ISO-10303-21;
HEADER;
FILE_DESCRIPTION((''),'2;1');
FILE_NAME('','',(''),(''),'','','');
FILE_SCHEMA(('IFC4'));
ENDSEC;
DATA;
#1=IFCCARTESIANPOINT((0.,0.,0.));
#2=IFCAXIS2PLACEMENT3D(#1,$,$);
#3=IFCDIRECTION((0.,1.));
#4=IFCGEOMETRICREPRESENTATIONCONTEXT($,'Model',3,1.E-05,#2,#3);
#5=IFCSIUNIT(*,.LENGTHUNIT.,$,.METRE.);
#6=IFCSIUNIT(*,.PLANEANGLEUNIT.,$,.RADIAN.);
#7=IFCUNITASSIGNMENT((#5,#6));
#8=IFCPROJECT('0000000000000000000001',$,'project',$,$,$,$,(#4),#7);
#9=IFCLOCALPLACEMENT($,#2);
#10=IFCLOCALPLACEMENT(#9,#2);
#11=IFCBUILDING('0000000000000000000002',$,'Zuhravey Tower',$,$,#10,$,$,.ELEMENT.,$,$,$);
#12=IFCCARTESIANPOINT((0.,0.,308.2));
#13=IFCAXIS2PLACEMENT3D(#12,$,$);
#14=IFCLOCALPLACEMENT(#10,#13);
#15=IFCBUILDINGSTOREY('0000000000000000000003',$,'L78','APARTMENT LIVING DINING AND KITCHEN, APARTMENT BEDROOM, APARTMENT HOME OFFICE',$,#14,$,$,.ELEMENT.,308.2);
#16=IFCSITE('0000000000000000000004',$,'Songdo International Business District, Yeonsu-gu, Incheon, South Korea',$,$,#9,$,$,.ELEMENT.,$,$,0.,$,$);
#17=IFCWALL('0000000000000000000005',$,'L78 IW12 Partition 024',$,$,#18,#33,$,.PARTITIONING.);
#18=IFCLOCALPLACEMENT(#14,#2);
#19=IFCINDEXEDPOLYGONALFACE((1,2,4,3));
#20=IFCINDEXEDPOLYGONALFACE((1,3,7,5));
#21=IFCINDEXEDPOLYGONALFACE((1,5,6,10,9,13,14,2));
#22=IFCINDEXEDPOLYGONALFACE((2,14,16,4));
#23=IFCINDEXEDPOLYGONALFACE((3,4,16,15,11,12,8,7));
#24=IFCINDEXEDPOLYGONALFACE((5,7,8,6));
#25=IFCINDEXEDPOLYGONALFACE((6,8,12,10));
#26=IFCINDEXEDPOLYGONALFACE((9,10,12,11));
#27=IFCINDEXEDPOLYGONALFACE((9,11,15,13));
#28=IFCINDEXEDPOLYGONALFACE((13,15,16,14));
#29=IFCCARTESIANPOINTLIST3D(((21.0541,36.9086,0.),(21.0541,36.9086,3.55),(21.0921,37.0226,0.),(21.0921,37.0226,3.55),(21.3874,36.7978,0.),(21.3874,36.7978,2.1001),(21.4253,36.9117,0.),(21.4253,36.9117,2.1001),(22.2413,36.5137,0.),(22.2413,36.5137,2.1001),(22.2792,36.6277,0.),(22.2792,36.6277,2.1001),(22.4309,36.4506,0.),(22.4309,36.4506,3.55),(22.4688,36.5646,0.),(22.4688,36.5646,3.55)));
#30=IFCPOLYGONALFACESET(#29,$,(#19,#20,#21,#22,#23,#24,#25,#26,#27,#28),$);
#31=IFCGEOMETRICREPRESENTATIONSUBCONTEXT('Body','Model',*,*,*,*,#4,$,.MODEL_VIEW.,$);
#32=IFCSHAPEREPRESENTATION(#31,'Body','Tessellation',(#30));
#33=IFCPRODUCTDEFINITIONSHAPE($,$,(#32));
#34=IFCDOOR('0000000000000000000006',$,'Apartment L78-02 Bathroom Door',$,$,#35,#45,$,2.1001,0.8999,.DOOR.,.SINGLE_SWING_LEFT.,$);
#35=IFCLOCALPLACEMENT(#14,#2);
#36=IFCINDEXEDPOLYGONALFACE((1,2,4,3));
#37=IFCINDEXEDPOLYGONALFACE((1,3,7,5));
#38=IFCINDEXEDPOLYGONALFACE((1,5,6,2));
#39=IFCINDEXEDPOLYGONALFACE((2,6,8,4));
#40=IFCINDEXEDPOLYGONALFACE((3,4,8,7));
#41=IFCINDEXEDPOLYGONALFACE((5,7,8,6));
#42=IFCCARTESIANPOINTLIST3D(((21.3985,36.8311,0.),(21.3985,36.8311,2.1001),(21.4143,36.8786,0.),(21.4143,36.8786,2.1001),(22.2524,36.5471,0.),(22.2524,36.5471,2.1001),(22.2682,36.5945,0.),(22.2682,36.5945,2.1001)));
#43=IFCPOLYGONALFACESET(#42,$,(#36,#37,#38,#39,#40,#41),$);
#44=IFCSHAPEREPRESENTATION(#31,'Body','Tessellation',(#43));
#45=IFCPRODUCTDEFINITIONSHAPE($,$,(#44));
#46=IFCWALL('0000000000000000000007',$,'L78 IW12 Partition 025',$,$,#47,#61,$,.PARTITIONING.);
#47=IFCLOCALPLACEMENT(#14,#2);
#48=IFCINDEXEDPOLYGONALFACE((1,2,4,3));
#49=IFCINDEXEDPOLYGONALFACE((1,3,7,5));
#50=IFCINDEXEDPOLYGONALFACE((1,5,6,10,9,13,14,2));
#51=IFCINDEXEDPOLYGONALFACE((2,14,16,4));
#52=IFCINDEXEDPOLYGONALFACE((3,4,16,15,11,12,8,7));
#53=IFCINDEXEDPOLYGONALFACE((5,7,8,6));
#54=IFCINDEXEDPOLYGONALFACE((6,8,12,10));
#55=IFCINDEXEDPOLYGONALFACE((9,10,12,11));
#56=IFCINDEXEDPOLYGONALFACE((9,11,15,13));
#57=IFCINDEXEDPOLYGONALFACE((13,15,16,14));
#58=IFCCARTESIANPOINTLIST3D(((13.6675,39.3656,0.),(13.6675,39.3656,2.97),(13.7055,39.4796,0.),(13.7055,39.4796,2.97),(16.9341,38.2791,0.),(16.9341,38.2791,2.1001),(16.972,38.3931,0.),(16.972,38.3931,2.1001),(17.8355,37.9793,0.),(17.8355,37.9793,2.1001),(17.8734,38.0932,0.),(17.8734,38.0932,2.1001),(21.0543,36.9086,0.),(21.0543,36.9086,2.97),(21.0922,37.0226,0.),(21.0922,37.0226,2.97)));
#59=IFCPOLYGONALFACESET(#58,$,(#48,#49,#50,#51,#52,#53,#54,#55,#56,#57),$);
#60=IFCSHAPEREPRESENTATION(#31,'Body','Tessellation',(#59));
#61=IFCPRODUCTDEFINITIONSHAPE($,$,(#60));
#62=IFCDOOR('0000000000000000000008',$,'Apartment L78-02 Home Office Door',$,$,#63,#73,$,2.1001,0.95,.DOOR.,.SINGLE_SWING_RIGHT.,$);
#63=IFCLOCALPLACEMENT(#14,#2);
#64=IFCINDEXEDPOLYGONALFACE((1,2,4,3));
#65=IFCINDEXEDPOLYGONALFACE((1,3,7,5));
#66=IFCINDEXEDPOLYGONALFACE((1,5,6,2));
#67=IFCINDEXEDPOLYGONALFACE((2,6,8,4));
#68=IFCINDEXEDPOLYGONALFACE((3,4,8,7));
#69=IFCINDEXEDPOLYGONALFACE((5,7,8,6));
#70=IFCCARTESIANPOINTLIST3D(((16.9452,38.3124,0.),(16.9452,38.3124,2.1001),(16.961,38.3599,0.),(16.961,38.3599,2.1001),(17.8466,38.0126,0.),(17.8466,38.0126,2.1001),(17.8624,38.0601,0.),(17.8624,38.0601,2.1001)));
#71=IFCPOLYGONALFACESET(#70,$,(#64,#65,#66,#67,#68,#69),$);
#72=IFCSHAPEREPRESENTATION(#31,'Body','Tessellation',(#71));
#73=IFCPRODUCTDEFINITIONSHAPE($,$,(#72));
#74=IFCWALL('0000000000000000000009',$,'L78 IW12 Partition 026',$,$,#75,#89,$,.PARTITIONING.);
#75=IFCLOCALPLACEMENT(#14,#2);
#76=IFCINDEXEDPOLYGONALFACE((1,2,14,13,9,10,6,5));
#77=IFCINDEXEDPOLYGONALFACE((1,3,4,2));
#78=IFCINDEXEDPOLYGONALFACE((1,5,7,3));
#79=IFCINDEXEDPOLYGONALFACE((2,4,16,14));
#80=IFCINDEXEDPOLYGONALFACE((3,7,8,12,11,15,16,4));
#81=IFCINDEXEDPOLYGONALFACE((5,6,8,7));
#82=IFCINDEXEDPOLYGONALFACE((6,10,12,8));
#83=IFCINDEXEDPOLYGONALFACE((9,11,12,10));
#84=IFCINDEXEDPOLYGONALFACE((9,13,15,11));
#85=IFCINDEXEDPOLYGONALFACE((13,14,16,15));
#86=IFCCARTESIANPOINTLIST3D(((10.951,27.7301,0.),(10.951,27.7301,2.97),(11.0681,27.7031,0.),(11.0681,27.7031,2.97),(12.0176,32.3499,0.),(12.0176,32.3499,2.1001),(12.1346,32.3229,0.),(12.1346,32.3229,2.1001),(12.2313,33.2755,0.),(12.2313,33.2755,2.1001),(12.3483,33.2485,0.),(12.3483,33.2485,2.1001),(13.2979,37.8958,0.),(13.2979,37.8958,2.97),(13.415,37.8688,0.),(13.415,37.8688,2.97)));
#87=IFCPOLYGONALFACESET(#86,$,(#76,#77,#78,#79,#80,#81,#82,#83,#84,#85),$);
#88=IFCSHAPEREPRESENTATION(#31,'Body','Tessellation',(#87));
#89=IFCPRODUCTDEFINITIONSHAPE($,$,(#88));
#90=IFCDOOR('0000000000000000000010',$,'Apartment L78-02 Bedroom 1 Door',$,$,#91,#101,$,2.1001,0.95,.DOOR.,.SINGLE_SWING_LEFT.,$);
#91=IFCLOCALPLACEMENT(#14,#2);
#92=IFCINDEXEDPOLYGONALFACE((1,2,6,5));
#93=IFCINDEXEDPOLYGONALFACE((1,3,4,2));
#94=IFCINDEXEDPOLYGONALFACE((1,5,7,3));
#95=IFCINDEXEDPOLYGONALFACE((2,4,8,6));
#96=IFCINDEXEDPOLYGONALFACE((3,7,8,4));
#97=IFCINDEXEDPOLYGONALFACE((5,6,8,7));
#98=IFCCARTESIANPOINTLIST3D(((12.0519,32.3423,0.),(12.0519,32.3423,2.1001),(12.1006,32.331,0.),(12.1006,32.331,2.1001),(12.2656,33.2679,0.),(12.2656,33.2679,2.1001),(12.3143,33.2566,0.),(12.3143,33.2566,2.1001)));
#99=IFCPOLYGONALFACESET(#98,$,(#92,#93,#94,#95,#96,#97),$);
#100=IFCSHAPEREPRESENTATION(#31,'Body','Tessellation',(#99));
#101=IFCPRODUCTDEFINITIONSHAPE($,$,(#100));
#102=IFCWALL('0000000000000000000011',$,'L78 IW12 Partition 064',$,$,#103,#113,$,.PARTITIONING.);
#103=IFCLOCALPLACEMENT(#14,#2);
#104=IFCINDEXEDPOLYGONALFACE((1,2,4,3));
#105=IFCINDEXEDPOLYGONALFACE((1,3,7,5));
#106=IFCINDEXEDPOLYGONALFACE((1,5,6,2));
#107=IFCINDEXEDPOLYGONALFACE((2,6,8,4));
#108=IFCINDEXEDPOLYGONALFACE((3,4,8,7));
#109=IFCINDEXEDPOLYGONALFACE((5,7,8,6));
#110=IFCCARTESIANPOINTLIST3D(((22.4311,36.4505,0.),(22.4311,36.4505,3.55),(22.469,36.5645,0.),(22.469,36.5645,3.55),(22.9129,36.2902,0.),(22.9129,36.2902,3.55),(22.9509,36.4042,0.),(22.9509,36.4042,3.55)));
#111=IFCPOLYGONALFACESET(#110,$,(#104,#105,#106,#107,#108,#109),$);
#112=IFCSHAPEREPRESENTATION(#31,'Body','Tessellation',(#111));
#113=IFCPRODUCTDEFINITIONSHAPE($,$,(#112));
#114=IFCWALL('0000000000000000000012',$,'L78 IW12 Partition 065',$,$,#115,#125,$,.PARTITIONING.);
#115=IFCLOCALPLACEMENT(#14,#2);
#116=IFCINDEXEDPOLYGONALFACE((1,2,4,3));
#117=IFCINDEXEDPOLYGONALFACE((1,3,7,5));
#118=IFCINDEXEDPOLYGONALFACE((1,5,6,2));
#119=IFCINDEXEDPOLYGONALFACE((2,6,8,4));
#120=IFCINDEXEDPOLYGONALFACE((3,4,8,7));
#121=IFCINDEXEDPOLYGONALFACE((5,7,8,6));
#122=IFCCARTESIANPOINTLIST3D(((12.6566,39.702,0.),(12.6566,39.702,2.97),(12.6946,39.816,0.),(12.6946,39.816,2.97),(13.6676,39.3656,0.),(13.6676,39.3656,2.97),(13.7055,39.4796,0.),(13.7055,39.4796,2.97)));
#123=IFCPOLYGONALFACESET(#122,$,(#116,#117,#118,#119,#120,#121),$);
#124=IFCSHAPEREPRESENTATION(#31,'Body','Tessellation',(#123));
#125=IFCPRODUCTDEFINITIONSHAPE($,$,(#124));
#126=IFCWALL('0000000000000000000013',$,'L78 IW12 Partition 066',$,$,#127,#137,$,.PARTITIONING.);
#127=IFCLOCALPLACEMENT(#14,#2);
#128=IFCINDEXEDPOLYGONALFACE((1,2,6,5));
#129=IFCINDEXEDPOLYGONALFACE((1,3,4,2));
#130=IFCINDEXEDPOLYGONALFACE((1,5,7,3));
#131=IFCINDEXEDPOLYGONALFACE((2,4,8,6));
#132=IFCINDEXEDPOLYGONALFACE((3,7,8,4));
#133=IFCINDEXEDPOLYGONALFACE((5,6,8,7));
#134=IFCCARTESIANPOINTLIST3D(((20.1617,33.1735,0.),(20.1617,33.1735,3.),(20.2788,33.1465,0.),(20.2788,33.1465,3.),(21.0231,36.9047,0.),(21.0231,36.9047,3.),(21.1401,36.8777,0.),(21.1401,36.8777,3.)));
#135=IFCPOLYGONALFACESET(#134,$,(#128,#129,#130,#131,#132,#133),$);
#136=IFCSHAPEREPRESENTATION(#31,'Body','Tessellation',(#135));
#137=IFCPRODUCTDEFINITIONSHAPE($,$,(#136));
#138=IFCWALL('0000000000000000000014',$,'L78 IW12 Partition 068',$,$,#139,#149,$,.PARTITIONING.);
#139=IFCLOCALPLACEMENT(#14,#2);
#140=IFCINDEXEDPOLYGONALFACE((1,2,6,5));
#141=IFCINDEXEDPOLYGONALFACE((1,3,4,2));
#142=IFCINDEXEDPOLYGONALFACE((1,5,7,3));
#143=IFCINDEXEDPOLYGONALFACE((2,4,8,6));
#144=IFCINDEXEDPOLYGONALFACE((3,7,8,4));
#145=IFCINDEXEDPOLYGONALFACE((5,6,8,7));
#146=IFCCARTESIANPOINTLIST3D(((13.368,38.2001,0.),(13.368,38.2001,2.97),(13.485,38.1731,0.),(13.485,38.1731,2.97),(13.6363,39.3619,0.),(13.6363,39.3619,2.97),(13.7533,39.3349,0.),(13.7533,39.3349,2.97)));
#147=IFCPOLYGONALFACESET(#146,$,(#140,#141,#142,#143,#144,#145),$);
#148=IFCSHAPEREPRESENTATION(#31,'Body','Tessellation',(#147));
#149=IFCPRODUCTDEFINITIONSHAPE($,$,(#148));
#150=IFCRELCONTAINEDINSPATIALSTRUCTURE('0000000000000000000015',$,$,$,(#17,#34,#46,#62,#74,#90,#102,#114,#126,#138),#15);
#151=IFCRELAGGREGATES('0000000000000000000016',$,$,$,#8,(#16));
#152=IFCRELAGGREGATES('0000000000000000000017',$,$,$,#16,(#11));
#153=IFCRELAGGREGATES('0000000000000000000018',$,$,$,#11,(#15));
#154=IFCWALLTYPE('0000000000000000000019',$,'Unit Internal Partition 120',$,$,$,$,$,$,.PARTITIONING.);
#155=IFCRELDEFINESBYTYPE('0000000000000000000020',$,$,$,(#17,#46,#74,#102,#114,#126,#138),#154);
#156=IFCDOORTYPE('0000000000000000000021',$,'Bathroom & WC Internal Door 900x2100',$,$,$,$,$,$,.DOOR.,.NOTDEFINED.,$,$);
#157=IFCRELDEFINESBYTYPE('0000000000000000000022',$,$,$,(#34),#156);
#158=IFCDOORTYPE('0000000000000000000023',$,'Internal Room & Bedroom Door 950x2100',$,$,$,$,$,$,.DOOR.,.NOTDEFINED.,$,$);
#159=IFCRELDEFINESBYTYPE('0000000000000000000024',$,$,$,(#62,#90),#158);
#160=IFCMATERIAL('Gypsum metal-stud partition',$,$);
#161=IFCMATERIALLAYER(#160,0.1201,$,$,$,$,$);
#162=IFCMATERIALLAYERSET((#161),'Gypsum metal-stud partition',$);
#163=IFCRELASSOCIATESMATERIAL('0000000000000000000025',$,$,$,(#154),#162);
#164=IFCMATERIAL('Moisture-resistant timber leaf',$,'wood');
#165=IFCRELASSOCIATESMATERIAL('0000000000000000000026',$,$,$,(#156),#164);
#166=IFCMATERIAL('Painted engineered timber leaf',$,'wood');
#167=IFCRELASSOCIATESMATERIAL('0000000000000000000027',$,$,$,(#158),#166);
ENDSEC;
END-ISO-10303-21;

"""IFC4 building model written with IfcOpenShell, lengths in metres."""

from ifc_helpers import new_model, si_unit, direction, frame, frame_2d, origin, place, context, subcontext, project, spatial, rectangle, extrude, material, layer, layer_set, type_object, element, fill, save


model = new_model("IFC4")

# Units and contexts
model_context = context("Model", 3, precision=1e-05, world=origin(), true_north=direction((0.0, 1.0)))
body_context = subcontext(model_context, "Body", "Model", "MODEL_VIEW")
ifc_project = project(units=[si_unit("LENGTHUNIT", "METRE"), si_unit("PLANEANGLEUNIT", "RADIAN")], contexts=[model_context])

# Site, building, storey
site_placement = place(None, origin())
site = spatial("IfcSite", under=ifc_project, at=site_placement, Name="Songdo International Business District, Yeonsu-gu, Incheon, South Korea", CompositionType="ELEMENT", RefElevation=0.0)
building_placement = place(site_placement, origin())
building = spatial("IfcBuilding", under=site, at=building_placement, Name="Zuhravey Tower", CompositionType="ELEMENT")
storey_placement = place(building_placement, frame((0.0, 0.0, 308.2)))
storey = spatial("IfcBuildingStorey", under=building, at=storey_placement, Name="L78", Description="APARTMENT LIVING DINING AND KITCHEN, APARTMENT BEDROOM, APARTMENT HOME OFFICE", CompositionType="ELEMENT", Elevation=308.2)

# Walls, openings, doors
ifc_material_1 = material(Name="Gypsum metal-stud partition")
ifc_layer_1 = layer(ifc_material_1, 0.1201)
ifc_layer_set_1 = layer_set([ifc_layer_1], Name="Gypsum metal-stud partition")
wall_type_1 = type_object("IfcWallType", Name="Unit Internal Partition 120", PredefinedType="PARTITIONING", material=ifc_layer_set_1)
wall_1_placement = place(storey_placement, frame((22.45, 36.5076, 0.0), z_axis=(0.0, 0.0, 1.0), x_axis=(-0.948868, 0.315672, 0.0)))
wall_1 = element("IfcWall", 1, at=wall_1_placement, inside=storey, type_object=wall_type_1, Name="L78 IW12 Partition 024", PredefinedType="PARTITIONING", context=body_context, shape_type="SweptSolid", body=[
    extrude(rectangle(XDim=1.4509, YDim=0.1201, at=frame_2d((0.7256, 0.0))), origin(), (0.0, 0.0, 1.0), 3.55),
])
opening_1_placement = place(wall_1_placement, frame((0.2, 0.0, 0.0)))
opening_1 = element("IfcOpeningElement", 2, at=opening_1_placement, cuts=wall_1, PredefinedType="OPENING", context=body_context, shape_type="SweptSolid", body=[
    extrude(rectangle(XDim=0.8999, YDim=2.1001, at=frame_2d((0.45, 1.05))), frame((0.0, 0.072, 0.0), z_axis=(0.0, -1.0, 0.0), x_axis=(1.0, 0.0, 0.0)), (0.0, 0.0, 1.0), 0.144),
])
ifc_material_2 = material(Name="Moisture-resistant timber leaf", Category="wood")
door_type_1 = type_object("IfcDoorType", Name="Bathroom & WC Internal Door 900x2100", OperationType="NOTDEFINED", PredefinedType="DOOR", material=ifc_material_2)
door_1_placement = place(opening_1_placement, origin())
door_1 = element("IfcDoor", 3, at=door_1_placement, inside=storey, type_object=door_type_1, Name="Apartment L78-02 Bathroom Door", OperationType="SINGLE_SWING_LEFT", OverallHeight=2.1001, OverallWidth=0.8999, PredefinedType="DOOR", context=body_context, shape_type="SweptSolid", body=[
    extrude(rectangle(XDim=0.8999, YDim=2.1001, at=frame_2d((0.45, 1.05))), frame((0.0, 0.0249, 0.0), z_axis=(0.0, -1.0, 0.0), x_axis=(1.0, 0.0, 0.0)), (0.0, 0.0, 1.0), 0.05),
])
fill(opening_1, door_1)
wall_2_placement = place(storey_placement, frame((21.0732, 36.9656, 0.0), z_axis=(0.0, 0.0, 1.0), x_axis=(-0.948884, 0.315626, 0.0)))
wall_2 = element("IfcWall", 4, at=wall_2_placement, inside=storey, type_object=wall_type_1, Name="L78 IW12 Partition 025", PredefinedType="PARTITIONING", context=body_context, shape_type="SweptSolid", body=[
    extrude(rectangle(XDim=7.7847, YDim=0.1201, at=frame_2d((3.8923, 0.0))), origin(), (0.0, 0.0, 1.0), 2.97),
])
opening_2_placement = place(wall_2_placement, frame((3.3921, 0.0, 0.0)))
opening_2 = element("IfcOpeningElement", 5, at=opening_2_placement, cuts=wall_2, PredefinedType="OPENING", context=body_context, shape_type="SweptSolid", body=[
    extrude(rectangle(XDim=0.95, YDim=2.1001, at=frame_2d((0.4751, 1.05))), frame((0.0, 0.072, 0.0), z_axis=(0.0, -1.0, 0.0), x_axis=(1.0, 0.0, 0.0)), (0.0, 0.0, 1.0), 0.144),
])
ifc_material_3 = material(Name="Painted engineered timber leaf", Category="wood")
door_type_2 = type_object("IfcDoorType", Name="Internal Room & Bedroom Door 950x2100", OperationType="NOTDEFINED", PredefinedType="DOOR", material=ifc_material_3)
door_2_placement = place(opening_2_placement, origin())
door_2 = element("IfcDoor", 6, at=door_2_placement, inside=storey, type_object=door_type_2, Name="Apartment L78-02 Home Office Door", OperationType="SINGLE_SWING_RIGHT", OverallHeight=2.1001, OverallWidth=0.95, PredefinedType="DOOR", context=body_context, shape_type="SweptSolid", body=[
    extrude(rectangle(XDim=0.95, YDim=2.1001, at=frame_2d((0.4751, 1.05))), frame((0.0, 0.0249, 0.0), z_axis=(0.0, -1.0, 0.0), x_axis=(1.0, 0.0, 0.0)), (0.0, 0.0, 1.0), 0.05),
])
fill(opening_2, door_2)
wall_3_placement = place(storey_placement, frame((13.3564, 37.8823, 0.0), z_axis=(0.0, 0.0, 1.0), x_axis=(-0.224948, -0.974371, 0.0)))
wall_3 = element("IfcWall", 7, at=wall_3_placement, inside=storey, type_object=wall_type_1, Name="L78 IW12 Partition 026", PredefinedType="PARTITIONING", context=body_context, shape_type="SweptSolid", body=[
    extrude(rectangle(XDim=10.4331, YDim=0.1201, at=frame_2d((5.2166, 0.0))), origin(), (0.0, 0.0, 1.0), 2.97),
])
opening_3_placement = place(wall_3_placement, frame((4.7417, 0.0, 0.0)))
opening_3 = element("IfcOpeningElement", 8, at=opening_3_placement, cuts=wall_3, PredefinedType="OPENING", context=body_context, shape_type="SweptSolid", body=[
    extrude(rectangle(XDim=0.95, YDim=2.1001, at=frame_2d((0.4751, 1.05))), frame((0.0, 0.072, 0.0), z_axis=(0.0, -1.0, 0.0), x_axis=(1.0, 0.0, 0.0)), (0.0, 0.0, 1.0), 0.144),
])
door_3_placement = place(opening_3_placement, frame((0.95, 0.0, 0.0), z_axis=(0.0, 0.0, 1.0), x_axis=(-1.0, 0.0, 0.0)))
door_3 = element("IfcDoor", 9, at=door_3_placement, inside=storey, type_object=door_type_2, Name="Apartment L78-02 Bedroom 1 Door", OperationType="SINGLE_SWING_LEFT", OverallHeight=2.1001, OverallWidth=0.95, PredefinedType="DOOR", context=body_context, shape_type="SweptSolid", body=[
    extrude(rectangle(XDim=0.95, YDim=2.1001, at=frame_2d((0.4751, 1.05))), frame((0.0, 0.0249, 0.0), z_axis=(0.0, -1.0, 0.0), x_axis=(1.0, 0.0, 0.0)), (0.0, 0.0, 1.0), 0.05),
])
fill(opening_3, door_3)

# Walls
wall_4_placement = place(storey_placement, frame((22.9319, 36.3472, 0.0), z_axis=(0.0, 0.0, 1.0), x_axis=(-0.948827, 0.315795, 0.0)))
element("IfcWall", 10, at=wall_4_placement, inside=storey, type_object=wall_type_1, Name="L78 IW12 Partition 064", PredefinedType="PARTITIONING", context=body_context, shape_type="SweptSolid", body=[
    extrude(rectangle(XDim=0.5078, YDim=0.1201, at=frame_2d((0.2539, 0.0))), origin(), (0.0, 0.0, 1.0), 3.55),
])
wall_5_placement = place(storey_placement, frame((13.6865, 39.4226, 0.0), z_axis=(0.0, 0.0, 1.0), x_axis=(-0.948844, 0.315747, 0.0)))
element("IfcWall", 11, at=wall_5_placement, inside=storey, type_object=wall_type_1, Name="L78 IW12 Partition 065", PredefinedType="PARTITIONING", context=body_context, shape_type="SweptSolid", body=[
    extrude(rectangle(XDim=1.0654, YDim=0.1201, at=frame_2d((0.5327, 0.0))), origin(), (0.0, 0.0, 1.0), 2.97),
])
wall_6_placement = place(storey_placement, frame((21.0815, 36.8911, 0.0), z_axis=(0.0, 0.0, 1.0), x_axis=(-0.224929, -0.974375, 0.0)))
element("IfcWall", 12, at=wall_6_placement, inside=storey, type_object=wall_type_1, Name="L78 IW12 Partition 066", PredefinedType="PARTITIONING", context=body_context, shape_type="SweptSolid", body=[
    extrude(rectangle(XDim=3.8293, YDim=0.1201, at=frame_2d((1.9146, 0.0))), origin(), (0.0, 0.0, 1.0), 3.0),
])
wall_7_placement = place(storey_placement, frame((13.6948, 39.3484, 0.0), z_axis=(0.0, 0.0, 1.0), x_axis=(-0.225009, -0.974357, 0.0)))
element("IfcWall", 13, at=wall_7_placement, inside=storey, type_object=wall_type_1, Name="L78 IW12 Partition 068", PredefinedType="PARTITIONING", context=body_context, shape_type="SweptSolid", body=[
    extrude(rectangle(XDim=1.1924, YDim=0.1201, at=frame_2d((0.5962, 0.0))), origin(), (0.0, 0.0, 1.0), 2.97),
])

save(model, "model.ifc")
